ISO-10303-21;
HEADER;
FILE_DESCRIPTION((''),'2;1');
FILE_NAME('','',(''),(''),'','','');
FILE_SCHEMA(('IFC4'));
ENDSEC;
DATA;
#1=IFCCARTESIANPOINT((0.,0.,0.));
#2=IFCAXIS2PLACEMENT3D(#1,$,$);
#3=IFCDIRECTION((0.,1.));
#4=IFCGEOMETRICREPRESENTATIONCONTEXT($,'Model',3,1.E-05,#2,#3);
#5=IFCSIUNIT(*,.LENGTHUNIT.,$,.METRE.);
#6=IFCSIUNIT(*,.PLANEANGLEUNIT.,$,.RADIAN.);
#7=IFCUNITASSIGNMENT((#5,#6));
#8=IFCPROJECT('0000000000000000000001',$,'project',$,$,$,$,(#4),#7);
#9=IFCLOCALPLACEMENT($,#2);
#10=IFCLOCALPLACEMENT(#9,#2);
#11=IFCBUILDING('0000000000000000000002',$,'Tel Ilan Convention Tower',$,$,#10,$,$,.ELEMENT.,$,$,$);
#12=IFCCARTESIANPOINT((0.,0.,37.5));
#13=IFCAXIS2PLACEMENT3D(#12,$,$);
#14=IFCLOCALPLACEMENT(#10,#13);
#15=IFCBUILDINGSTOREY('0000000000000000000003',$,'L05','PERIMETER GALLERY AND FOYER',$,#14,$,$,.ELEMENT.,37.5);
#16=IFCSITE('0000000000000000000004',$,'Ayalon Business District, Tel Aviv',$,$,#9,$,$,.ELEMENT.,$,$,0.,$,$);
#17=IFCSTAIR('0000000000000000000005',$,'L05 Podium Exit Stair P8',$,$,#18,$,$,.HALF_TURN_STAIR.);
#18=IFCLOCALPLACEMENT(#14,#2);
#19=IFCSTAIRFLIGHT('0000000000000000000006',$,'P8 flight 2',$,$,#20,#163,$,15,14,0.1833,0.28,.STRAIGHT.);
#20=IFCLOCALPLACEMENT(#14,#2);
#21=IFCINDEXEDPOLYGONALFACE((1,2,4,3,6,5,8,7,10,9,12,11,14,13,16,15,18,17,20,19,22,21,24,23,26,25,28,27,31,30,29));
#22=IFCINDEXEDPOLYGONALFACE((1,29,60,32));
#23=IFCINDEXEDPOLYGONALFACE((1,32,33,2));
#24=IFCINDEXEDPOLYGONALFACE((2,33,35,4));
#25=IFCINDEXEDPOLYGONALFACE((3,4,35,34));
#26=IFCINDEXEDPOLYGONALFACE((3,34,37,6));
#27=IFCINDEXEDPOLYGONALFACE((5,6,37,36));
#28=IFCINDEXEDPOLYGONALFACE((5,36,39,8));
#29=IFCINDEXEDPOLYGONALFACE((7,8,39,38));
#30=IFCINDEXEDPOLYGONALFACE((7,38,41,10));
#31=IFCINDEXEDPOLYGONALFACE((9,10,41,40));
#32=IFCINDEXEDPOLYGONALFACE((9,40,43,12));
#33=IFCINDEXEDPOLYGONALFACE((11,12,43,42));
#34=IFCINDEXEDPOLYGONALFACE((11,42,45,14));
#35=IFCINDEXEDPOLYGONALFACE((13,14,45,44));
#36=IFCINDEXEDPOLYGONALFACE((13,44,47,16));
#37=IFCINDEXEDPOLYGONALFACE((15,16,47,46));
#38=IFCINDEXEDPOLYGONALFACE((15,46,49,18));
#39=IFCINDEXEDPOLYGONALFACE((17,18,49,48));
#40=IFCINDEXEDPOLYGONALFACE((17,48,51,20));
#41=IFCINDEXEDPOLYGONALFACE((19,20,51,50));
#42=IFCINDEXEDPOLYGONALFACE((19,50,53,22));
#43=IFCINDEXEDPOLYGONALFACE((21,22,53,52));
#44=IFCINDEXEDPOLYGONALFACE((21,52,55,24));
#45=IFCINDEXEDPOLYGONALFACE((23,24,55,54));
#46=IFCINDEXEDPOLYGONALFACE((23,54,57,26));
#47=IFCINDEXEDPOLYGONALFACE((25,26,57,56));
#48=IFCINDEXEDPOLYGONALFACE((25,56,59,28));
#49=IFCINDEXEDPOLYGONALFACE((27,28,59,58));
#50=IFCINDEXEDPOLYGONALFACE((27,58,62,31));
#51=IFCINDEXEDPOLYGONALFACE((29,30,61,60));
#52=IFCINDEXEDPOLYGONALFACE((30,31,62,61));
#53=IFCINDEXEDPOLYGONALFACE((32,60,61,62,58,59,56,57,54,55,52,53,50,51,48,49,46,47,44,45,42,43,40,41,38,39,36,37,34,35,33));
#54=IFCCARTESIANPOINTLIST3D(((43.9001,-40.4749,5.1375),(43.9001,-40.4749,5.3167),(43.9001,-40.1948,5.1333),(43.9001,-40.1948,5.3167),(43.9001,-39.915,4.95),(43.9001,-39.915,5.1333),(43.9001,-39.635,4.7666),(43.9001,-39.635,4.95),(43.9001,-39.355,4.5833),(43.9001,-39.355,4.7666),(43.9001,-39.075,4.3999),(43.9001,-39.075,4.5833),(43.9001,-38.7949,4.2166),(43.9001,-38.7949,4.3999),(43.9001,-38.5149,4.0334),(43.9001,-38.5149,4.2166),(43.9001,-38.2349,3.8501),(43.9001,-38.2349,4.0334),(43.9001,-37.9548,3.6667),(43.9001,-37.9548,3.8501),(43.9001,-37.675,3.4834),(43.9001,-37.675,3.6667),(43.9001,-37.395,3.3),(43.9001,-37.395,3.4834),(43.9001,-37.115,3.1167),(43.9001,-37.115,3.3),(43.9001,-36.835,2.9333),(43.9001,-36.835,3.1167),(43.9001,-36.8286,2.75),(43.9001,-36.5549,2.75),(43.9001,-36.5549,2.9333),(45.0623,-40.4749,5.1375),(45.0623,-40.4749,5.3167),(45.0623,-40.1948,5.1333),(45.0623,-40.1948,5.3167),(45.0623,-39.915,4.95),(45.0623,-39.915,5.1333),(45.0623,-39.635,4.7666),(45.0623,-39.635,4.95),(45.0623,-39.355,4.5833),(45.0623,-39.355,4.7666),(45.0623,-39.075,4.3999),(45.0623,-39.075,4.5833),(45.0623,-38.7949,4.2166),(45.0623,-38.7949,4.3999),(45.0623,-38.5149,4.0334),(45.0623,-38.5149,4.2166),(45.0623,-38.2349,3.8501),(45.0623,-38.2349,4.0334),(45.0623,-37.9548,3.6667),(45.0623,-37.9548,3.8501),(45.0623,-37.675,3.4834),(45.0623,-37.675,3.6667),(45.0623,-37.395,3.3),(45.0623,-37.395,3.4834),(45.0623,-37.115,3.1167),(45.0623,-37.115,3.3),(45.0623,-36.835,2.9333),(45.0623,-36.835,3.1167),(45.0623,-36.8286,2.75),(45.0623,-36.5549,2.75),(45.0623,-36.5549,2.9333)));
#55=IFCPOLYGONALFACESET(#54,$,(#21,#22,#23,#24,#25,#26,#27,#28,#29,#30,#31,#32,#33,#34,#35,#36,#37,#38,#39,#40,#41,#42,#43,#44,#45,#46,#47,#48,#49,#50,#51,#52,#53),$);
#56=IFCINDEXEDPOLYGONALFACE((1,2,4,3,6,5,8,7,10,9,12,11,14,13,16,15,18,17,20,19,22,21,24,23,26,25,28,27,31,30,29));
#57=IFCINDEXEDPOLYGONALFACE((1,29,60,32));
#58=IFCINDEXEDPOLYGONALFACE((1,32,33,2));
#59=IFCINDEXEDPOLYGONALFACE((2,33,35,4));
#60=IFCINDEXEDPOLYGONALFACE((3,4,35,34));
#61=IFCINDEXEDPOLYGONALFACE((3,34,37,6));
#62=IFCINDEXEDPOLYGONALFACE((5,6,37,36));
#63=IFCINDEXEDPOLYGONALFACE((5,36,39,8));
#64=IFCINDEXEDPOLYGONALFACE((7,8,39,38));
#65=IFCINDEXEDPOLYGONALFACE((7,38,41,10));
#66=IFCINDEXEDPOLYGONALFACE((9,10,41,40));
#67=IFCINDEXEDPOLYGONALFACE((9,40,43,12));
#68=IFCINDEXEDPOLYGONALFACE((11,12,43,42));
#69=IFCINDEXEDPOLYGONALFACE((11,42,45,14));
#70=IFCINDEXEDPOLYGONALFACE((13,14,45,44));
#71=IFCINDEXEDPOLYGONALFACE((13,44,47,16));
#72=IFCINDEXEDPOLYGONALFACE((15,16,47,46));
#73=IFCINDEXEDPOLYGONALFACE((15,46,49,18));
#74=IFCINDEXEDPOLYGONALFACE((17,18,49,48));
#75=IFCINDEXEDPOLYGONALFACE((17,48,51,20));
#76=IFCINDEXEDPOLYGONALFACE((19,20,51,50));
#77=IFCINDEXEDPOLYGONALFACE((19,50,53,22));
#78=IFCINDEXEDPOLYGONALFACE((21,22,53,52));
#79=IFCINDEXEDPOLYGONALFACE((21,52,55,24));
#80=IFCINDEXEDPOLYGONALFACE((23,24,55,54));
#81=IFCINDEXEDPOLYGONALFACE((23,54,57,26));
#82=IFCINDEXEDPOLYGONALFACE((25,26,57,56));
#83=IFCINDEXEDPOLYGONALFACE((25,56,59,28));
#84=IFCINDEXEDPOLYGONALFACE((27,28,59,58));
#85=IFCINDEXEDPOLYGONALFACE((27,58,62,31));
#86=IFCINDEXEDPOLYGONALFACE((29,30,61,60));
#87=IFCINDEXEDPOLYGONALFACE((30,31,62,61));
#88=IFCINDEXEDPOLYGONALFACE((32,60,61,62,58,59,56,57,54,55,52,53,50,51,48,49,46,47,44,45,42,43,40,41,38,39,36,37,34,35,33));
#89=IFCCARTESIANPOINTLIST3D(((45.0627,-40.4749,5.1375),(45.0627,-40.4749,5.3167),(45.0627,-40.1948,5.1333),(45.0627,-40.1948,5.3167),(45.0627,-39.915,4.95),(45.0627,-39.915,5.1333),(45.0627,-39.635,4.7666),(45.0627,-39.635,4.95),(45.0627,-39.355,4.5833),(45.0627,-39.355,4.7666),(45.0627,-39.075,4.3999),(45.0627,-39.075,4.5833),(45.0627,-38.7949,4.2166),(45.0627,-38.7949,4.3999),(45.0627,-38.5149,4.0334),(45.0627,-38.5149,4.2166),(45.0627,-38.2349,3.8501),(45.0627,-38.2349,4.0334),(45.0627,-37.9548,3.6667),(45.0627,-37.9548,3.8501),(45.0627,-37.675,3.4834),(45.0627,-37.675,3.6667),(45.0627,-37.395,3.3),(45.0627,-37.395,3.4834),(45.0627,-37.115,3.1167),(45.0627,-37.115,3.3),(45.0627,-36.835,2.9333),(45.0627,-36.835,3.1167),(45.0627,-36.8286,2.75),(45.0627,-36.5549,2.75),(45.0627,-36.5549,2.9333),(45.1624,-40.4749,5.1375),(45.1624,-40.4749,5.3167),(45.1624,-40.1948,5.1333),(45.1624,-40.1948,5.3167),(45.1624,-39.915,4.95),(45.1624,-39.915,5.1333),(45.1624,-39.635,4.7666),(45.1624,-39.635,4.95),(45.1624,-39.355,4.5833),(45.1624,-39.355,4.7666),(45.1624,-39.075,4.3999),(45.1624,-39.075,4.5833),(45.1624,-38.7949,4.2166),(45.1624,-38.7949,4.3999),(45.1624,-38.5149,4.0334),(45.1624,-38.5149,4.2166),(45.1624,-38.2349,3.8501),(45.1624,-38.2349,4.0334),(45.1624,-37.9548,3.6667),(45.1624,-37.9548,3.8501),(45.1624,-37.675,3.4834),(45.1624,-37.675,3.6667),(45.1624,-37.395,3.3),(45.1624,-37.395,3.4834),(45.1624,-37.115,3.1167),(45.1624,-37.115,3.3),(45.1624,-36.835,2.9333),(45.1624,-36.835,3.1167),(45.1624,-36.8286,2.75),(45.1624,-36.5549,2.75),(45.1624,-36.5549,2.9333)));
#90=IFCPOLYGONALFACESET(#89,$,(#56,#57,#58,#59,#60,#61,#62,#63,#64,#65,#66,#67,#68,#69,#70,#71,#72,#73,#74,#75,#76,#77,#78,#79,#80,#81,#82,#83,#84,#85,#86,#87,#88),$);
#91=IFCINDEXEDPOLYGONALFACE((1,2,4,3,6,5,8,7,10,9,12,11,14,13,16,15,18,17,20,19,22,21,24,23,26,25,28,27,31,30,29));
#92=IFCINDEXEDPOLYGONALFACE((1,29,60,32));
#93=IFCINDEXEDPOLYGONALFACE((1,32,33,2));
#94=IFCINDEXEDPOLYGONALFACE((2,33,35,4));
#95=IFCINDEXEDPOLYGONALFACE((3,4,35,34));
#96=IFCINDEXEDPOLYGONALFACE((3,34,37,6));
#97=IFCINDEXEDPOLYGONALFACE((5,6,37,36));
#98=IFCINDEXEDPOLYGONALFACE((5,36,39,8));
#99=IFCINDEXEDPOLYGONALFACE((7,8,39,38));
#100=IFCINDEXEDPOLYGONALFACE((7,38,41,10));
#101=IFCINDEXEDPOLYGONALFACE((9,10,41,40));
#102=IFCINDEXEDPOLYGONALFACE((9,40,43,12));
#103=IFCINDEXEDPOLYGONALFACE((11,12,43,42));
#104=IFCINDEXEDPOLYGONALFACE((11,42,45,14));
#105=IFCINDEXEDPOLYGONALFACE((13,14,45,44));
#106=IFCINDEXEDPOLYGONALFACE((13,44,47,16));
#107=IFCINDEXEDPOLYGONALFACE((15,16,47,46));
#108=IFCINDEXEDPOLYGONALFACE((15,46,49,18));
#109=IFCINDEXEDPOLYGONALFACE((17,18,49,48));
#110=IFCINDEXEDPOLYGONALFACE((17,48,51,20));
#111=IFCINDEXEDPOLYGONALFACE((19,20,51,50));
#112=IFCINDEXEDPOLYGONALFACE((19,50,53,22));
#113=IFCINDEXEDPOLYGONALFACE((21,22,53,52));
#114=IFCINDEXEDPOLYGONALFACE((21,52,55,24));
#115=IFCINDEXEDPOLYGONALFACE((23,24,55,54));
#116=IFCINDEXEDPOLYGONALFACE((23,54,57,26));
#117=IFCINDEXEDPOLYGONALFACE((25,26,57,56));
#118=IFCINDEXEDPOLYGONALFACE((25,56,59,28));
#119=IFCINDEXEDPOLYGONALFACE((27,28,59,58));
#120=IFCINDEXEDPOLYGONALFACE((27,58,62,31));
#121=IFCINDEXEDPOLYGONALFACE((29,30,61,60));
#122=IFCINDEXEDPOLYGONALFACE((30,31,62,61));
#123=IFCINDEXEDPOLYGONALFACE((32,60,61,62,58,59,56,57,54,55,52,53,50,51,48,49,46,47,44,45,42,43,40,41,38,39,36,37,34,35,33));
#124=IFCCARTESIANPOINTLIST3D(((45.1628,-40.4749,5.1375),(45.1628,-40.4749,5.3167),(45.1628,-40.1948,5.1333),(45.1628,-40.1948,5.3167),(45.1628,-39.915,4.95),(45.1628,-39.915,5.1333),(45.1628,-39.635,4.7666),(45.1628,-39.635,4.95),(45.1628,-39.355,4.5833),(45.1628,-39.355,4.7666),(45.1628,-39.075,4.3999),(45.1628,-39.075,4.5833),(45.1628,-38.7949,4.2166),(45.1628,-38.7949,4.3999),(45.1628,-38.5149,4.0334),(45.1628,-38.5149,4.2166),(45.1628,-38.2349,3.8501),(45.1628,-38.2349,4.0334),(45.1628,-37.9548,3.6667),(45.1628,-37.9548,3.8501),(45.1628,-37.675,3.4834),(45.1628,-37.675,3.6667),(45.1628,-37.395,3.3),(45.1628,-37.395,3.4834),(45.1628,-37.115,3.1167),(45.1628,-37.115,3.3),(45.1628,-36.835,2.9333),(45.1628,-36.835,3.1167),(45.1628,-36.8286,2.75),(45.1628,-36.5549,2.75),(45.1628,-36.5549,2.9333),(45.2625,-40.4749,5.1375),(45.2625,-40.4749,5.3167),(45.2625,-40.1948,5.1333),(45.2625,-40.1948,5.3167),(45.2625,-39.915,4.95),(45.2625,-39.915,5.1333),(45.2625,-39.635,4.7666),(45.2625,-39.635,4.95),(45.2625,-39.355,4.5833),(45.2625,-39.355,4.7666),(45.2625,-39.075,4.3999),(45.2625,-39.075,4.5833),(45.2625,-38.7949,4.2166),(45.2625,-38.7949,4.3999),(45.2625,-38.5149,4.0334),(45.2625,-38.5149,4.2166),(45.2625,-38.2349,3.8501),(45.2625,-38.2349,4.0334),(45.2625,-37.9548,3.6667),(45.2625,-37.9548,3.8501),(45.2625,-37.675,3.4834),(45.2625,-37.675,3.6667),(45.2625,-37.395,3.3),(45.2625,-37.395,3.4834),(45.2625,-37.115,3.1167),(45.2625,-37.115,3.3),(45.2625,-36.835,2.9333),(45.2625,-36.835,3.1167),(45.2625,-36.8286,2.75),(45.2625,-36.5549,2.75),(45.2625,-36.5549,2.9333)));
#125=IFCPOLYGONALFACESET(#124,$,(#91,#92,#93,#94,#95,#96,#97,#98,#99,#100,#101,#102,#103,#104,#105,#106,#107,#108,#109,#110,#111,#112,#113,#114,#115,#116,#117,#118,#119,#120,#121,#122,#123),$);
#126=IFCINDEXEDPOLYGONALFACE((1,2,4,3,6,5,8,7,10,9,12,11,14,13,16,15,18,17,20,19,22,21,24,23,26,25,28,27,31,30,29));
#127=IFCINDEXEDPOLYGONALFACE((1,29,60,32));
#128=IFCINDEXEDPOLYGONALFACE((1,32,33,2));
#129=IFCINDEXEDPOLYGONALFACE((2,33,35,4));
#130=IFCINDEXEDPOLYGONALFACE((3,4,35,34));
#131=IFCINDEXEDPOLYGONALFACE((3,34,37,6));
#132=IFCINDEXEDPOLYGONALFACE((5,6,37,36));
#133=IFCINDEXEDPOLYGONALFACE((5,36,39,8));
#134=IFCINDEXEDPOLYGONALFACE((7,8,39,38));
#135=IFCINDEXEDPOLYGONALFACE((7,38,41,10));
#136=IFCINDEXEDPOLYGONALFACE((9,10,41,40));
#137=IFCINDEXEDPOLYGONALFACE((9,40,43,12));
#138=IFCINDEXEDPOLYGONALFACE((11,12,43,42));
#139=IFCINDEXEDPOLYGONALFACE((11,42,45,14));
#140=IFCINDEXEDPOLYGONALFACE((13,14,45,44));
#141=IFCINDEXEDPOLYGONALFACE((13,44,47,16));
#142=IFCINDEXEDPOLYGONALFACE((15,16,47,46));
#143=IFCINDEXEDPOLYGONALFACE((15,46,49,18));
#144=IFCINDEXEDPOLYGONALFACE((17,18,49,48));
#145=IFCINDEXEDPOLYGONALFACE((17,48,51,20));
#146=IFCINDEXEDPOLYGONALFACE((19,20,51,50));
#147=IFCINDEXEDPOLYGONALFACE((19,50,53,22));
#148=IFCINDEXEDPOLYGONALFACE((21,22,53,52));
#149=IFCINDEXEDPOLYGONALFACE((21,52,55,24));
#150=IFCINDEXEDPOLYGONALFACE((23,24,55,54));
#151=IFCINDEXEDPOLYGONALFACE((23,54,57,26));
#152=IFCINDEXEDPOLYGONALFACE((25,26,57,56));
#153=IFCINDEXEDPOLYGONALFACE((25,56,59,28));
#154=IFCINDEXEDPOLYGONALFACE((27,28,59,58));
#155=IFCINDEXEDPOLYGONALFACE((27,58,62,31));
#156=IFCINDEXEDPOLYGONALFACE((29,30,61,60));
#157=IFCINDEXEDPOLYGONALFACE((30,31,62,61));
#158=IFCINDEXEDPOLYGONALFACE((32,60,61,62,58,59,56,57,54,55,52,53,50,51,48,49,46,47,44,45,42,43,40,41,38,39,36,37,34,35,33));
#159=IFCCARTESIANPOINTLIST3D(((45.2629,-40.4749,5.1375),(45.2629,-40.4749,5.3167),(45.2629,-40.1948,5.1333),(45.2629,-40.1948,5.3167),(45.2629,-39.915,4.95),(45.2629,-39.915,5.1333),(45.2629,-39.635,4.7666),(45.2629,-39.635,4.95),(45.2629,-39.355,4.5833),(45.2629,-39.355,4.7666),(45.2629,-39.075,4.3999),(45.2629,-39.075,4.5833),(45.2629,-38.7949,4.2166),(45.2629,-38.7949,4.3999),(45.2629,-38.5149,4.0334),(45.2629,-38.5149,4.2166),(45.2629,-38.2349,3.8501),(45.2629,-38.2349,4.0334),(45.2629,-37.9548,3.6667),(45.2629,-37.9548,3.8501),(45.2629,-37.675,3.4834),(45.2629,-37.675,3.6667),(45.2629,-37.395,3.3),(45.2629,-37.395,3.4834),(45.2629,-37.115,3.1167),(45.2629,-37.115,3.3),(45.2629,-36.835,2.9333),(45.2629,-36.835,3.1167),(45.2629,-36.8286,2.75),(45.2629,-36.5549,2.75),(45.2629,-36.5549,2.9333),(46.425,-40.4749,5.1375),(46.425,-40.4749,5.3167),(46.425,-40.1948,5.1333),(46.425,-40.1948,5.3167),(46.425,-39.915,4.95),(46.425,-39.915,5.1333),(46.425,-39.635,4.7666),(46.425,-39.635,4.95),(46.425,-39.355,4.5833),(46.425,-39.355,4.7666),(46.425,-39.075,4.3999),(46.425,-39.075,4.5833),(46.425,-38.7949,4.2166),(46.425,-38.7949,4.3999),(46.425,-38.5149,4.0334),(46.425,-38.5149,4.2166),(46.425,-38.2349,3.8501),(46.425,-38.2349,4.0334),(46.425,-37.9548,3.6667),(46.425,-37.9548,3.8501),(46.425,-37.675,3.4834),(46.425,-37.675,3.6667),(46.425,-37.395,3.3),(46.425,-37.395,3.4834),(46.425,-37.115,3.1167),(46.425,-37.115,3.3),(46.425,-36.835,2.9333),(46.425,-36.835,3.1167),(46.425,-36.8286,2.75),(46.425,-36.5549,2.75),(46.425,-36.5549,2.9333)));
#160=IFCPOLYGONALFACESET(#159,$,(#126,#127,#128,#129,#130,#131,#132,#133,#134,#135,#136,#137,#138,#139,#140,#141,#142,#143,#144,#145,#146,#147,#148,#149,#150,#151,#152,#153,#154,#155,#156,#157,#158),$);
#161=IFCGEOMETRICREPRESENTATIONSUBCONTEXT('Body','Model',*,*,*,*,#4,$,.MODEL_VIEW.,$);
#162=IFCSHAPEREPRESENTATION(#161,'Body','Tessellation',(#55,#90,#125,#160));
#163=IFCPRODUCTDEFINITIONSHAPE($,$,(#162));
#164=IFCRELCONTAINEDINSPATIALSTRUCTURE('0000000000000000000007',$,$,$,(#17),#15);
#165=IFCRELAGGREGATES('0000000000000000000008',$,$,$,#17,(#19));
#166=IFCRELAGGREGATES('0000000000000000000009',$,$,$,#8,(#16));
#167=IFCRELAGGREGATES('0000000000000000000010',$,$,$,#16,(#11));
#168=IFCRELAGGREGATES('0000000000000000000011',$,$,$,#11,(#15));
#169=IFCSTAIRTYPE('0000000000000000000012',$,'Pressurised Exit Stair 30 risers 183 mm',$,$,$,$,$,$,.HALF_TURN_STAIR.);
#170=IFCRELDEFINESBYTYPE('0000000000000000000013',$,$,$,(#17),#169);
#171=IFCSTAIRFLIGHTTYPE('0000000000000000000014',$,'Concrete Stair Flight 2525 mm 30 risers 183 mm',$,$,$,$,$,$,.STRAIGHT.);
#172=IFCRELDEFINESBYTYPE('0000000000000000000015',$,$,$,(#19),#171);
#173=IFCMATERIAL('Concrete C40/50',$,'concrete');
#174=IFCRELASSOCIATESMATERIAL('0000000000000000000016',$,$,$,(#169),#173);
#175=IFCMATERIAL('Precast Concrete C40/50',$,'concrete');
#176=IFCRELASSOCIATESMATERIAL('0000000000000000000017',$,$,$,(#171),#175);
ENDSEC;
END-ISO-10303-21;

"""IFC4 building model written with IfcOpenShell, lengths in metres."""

from ifc_helpers import new_model, si_unit, direction, frame, origin, place, context, subcontext, project, spatial, polyline, outline, extrude, material, type_object, element, aggregate, save


model = new_model("IFC4")

# Units and contexts
model_context = context("Model", 3, precision=1e-05, world=origin(), true_north=direction((0.0, 1.0)))
body_context = subcontext(model_context, "Body", "Model", "MODEL_VIEW")
ifc_project = project(units=[si_unit("LENGTHUNIT", "METRE"), si_unit("PLANEANGLEUNIT", "RADIAN")], contexts=[model_context])

# Site, building, storey
site_placement = place(None, origin())
site = spatial("IfcSite", under=ifc_project, at=site_placement, Name="Ayalon Business District, Tel Aviv", CompositionType="ELEMENT", RefElevation=0.0)
building_placement = place(site_placement, origin())
building = spatial("IfcBuilding", under=site, at=building_placement, Name="Tel Ilan Convention Tower", CompositionType="ELEMENT")
storey_placement = place(building_placement, frame((0.0, 0.0, 37.5)))
storey = spatial("IfcBuildingStorey", under=building, at=storey_placement, Name="L05", Description="PERIMETER GALLERY AND FOYER", CompositionType="ELEMENT", Elevation=37.5)

# Stair, stair flight
ifc_material_1 = material(Name="Concrete C40/50", Category="concrete")
stair_type = type_object("IfcStairType", Name="Pressurised Exit Stair 30 risers 183 mm", PredefinedType="HALF_TURN_STAIR", material=ifc_material_1)
ifc_material_2 = material(Name="Precast Concrete C40/50", Category="concrete")
stair_flight_type = type_object("IfcStairFlightType", Name="Concrete Stair Flight 2525 mm 30 risers 183 mm", PredefinedType="STRAIGHT", material=ifc_material_2)
stair_1_placement = place(storey_placement, origin())
stair_1 = element("IfcStair", 1, at=stair_1_placement, inside=storey, type_object=stair_type, Name="L05 Podium Exit Stair P8", PredefinedType="HALF_TURN_STAIR")
stair_flight_1_placement = place(storey_placement, frame((45.1626, -36.5549, 2.75), z_axis=(0.0, 0.0, 1.0), x_axis=(0.0, -1.0, 0.0)))
stair_flight_1 = element("IfcStairFlight", 2, at=stair_flight_1_placement, type_object=stair_flight_type, Name="P8 flight 2", NumberOfRisers=15, NumberOfTreads=14, PredefinedType="STRAIGHT", RiserHeight=0.1833, TreadLength=0.28, context=body_context, shape_type="SweptSolid", body=[
    extrude(outline(polyline([(0.0, 0.0), (0.0, 0.1833), (0.28, 0.1833), (0.28, 0.3667), (0.5601, 0.3667), (0.5601, 0.55), (0.8401, 0.55), (0.8401, 0.7334), (1.1201, 0.7334), (1.1201, 0.9167), (1.3999, 0.9167), (1.3999, 1.1001), (1.6799, 1.1001), (1.6799, 1.2834), (1.96, 1.2834), (1.96, 1.4666), (2.24, 1.4666), (2.24, 1.6499), (2.52, 1.6499), (2.52, 1.8333), (2.8, 1.8333), (2.8, 2.0166), (3.0801, 2.0166), (3.0801, 2.2), (3.3601, 2.2), (3.3601, 2.3833), (3.6399, 2.3833), (3.6399, 2.5667), (3.9199, 2.5667), (3.9199, 2.75), (3.9199, 2.3875), (0.2737, 0.0), (0.0, 0.0)])), frame((0.0, -0.1003, 0.0), z_axis=(0.0, -1.0, 0.0), x_axis=(1.0, 0.0, 0.0)), (0.0, 0.0, 1.0), 1.1621),
    extrude(outline(polyline([(0.0, 0.0), (0.0, 0.1833), (0.28, 0.1833), (0.28, 0.3667), (0.5601, 0.3667), (0.5601, 0.55), (0.8401, 0.55), (0.8401, 0.7334), (1.1201, 0.7334), (1.1201, 0.9167), (1.3999, 0.9167), (1.3999, 1.1001), (1.6799, 1.1001), (1.6799, 1.2834), (1.96, 1.2834), (1.96, 1.4666), (2.24, 1.4666), (2.24, 1.6499), (2.52, 1.6499), (2.52, 1.8333), (2.8, 1.8333), (2.8, 2.0166), (3.0801, 2.0166), (3.0801, 2.2), (3.3601, 2.2), (3.3601, 2.3833), (3.6399, 2.3833), (3.6399, 2.5667), (3.9199, 2.5667), (3.9199, 2.75), (3.9199, 2.3875), (0.2737, 0.0), (0.0, 0.0)])), frame((0.0, -0.0002, 0.0), z_axis=(0.0, -1.0, 0.0), x_axis=(1.0, 0.0, 0.0)), (0.0, 0.0, 1.0), 0.0996),
    extrude(outline(polyline([(0.0, 0.0), (0.0, 0.1833), (0.28, 0.1833), (0.28, 0.3667), (0.5601, 0.3667), (0.5601, 0.55), (0.8401, 0.55), (0.8401, 0.7334), (1.1201, 0.7334), (1.1201, 0.9167), (1.3999, 0.9167), (1.3999, 1.1001), (1.6799, 1.1001), (1.6799, 1.2834), (1.96, 1.2834), (1.96, 1.4666), (2.24, 1.4666), (2.24, 1.6499), (2.52, 1.6499), (2.52, 1.8333), (2.8, 1.8333), (2.8, 2.0166), (3.0801, 2.0166), (3.0801, 2.2), (3.3601, 2.2), (3.3601, 2.3833), (3.6399, 2.3833), (3.6399, 2.5667), (3.9199, 2.5667), (3.9199, 2.75), (3.9199, 2.3875), (0.2737, 0.0), (0.0, 0.0)])), frame((0.0, 0.0999, 0.0), z_axis=(0.0, -1.0, 0.0), x_axis=(1.0, 0.0, 0.0)), (0.0, 0.0, 1.0), 0.0996),
    extrude(outline(polyline([(0.0, 0.0), (0.0, 0.1833), (0.28, 0.1833), (0.28, 0.3667), (0.5601, 0.3667), (0.5601, 0.55), (0.8401, 0.55), (0.8401, 0.7334), (1.1201, 0.7334), (1.1201, 0.9167), (1.3999, 0.9167), (1.3999, 1.1001), (1.6799, 1.1001), (1.6799, 1.2834), (1.96, 1.2834), (1.96, 1.4666), (2.24, 1.4666), (2.24, 1.6499), (2.52, 1.6499), (2.52, 1.8333), (2.8, 1.8333), (2.8, 2.0166), (3.0801, 2.0166), (3.0801, 2.2), (3.3601, 2.2), (3.3601, 2.3833), (3.6399, 2.3833), (3.6399, 2.5667), (3.9199, 2.5667), (3.9199, 2.75), (3.9199, 2.3875), (0.2737, 0.0), (0.0, 0.0)])), frame((0.0, 1.2625, 0.0), z_axis=(0.0, -1.0, 0.0), x_axis=(1.0, 0.0, 0.0)), (0.0, 0.0, 1.0), 1.1621),
])
aggregate(stair_1, [stair_flight_1])

save(model, "model.ifc")
